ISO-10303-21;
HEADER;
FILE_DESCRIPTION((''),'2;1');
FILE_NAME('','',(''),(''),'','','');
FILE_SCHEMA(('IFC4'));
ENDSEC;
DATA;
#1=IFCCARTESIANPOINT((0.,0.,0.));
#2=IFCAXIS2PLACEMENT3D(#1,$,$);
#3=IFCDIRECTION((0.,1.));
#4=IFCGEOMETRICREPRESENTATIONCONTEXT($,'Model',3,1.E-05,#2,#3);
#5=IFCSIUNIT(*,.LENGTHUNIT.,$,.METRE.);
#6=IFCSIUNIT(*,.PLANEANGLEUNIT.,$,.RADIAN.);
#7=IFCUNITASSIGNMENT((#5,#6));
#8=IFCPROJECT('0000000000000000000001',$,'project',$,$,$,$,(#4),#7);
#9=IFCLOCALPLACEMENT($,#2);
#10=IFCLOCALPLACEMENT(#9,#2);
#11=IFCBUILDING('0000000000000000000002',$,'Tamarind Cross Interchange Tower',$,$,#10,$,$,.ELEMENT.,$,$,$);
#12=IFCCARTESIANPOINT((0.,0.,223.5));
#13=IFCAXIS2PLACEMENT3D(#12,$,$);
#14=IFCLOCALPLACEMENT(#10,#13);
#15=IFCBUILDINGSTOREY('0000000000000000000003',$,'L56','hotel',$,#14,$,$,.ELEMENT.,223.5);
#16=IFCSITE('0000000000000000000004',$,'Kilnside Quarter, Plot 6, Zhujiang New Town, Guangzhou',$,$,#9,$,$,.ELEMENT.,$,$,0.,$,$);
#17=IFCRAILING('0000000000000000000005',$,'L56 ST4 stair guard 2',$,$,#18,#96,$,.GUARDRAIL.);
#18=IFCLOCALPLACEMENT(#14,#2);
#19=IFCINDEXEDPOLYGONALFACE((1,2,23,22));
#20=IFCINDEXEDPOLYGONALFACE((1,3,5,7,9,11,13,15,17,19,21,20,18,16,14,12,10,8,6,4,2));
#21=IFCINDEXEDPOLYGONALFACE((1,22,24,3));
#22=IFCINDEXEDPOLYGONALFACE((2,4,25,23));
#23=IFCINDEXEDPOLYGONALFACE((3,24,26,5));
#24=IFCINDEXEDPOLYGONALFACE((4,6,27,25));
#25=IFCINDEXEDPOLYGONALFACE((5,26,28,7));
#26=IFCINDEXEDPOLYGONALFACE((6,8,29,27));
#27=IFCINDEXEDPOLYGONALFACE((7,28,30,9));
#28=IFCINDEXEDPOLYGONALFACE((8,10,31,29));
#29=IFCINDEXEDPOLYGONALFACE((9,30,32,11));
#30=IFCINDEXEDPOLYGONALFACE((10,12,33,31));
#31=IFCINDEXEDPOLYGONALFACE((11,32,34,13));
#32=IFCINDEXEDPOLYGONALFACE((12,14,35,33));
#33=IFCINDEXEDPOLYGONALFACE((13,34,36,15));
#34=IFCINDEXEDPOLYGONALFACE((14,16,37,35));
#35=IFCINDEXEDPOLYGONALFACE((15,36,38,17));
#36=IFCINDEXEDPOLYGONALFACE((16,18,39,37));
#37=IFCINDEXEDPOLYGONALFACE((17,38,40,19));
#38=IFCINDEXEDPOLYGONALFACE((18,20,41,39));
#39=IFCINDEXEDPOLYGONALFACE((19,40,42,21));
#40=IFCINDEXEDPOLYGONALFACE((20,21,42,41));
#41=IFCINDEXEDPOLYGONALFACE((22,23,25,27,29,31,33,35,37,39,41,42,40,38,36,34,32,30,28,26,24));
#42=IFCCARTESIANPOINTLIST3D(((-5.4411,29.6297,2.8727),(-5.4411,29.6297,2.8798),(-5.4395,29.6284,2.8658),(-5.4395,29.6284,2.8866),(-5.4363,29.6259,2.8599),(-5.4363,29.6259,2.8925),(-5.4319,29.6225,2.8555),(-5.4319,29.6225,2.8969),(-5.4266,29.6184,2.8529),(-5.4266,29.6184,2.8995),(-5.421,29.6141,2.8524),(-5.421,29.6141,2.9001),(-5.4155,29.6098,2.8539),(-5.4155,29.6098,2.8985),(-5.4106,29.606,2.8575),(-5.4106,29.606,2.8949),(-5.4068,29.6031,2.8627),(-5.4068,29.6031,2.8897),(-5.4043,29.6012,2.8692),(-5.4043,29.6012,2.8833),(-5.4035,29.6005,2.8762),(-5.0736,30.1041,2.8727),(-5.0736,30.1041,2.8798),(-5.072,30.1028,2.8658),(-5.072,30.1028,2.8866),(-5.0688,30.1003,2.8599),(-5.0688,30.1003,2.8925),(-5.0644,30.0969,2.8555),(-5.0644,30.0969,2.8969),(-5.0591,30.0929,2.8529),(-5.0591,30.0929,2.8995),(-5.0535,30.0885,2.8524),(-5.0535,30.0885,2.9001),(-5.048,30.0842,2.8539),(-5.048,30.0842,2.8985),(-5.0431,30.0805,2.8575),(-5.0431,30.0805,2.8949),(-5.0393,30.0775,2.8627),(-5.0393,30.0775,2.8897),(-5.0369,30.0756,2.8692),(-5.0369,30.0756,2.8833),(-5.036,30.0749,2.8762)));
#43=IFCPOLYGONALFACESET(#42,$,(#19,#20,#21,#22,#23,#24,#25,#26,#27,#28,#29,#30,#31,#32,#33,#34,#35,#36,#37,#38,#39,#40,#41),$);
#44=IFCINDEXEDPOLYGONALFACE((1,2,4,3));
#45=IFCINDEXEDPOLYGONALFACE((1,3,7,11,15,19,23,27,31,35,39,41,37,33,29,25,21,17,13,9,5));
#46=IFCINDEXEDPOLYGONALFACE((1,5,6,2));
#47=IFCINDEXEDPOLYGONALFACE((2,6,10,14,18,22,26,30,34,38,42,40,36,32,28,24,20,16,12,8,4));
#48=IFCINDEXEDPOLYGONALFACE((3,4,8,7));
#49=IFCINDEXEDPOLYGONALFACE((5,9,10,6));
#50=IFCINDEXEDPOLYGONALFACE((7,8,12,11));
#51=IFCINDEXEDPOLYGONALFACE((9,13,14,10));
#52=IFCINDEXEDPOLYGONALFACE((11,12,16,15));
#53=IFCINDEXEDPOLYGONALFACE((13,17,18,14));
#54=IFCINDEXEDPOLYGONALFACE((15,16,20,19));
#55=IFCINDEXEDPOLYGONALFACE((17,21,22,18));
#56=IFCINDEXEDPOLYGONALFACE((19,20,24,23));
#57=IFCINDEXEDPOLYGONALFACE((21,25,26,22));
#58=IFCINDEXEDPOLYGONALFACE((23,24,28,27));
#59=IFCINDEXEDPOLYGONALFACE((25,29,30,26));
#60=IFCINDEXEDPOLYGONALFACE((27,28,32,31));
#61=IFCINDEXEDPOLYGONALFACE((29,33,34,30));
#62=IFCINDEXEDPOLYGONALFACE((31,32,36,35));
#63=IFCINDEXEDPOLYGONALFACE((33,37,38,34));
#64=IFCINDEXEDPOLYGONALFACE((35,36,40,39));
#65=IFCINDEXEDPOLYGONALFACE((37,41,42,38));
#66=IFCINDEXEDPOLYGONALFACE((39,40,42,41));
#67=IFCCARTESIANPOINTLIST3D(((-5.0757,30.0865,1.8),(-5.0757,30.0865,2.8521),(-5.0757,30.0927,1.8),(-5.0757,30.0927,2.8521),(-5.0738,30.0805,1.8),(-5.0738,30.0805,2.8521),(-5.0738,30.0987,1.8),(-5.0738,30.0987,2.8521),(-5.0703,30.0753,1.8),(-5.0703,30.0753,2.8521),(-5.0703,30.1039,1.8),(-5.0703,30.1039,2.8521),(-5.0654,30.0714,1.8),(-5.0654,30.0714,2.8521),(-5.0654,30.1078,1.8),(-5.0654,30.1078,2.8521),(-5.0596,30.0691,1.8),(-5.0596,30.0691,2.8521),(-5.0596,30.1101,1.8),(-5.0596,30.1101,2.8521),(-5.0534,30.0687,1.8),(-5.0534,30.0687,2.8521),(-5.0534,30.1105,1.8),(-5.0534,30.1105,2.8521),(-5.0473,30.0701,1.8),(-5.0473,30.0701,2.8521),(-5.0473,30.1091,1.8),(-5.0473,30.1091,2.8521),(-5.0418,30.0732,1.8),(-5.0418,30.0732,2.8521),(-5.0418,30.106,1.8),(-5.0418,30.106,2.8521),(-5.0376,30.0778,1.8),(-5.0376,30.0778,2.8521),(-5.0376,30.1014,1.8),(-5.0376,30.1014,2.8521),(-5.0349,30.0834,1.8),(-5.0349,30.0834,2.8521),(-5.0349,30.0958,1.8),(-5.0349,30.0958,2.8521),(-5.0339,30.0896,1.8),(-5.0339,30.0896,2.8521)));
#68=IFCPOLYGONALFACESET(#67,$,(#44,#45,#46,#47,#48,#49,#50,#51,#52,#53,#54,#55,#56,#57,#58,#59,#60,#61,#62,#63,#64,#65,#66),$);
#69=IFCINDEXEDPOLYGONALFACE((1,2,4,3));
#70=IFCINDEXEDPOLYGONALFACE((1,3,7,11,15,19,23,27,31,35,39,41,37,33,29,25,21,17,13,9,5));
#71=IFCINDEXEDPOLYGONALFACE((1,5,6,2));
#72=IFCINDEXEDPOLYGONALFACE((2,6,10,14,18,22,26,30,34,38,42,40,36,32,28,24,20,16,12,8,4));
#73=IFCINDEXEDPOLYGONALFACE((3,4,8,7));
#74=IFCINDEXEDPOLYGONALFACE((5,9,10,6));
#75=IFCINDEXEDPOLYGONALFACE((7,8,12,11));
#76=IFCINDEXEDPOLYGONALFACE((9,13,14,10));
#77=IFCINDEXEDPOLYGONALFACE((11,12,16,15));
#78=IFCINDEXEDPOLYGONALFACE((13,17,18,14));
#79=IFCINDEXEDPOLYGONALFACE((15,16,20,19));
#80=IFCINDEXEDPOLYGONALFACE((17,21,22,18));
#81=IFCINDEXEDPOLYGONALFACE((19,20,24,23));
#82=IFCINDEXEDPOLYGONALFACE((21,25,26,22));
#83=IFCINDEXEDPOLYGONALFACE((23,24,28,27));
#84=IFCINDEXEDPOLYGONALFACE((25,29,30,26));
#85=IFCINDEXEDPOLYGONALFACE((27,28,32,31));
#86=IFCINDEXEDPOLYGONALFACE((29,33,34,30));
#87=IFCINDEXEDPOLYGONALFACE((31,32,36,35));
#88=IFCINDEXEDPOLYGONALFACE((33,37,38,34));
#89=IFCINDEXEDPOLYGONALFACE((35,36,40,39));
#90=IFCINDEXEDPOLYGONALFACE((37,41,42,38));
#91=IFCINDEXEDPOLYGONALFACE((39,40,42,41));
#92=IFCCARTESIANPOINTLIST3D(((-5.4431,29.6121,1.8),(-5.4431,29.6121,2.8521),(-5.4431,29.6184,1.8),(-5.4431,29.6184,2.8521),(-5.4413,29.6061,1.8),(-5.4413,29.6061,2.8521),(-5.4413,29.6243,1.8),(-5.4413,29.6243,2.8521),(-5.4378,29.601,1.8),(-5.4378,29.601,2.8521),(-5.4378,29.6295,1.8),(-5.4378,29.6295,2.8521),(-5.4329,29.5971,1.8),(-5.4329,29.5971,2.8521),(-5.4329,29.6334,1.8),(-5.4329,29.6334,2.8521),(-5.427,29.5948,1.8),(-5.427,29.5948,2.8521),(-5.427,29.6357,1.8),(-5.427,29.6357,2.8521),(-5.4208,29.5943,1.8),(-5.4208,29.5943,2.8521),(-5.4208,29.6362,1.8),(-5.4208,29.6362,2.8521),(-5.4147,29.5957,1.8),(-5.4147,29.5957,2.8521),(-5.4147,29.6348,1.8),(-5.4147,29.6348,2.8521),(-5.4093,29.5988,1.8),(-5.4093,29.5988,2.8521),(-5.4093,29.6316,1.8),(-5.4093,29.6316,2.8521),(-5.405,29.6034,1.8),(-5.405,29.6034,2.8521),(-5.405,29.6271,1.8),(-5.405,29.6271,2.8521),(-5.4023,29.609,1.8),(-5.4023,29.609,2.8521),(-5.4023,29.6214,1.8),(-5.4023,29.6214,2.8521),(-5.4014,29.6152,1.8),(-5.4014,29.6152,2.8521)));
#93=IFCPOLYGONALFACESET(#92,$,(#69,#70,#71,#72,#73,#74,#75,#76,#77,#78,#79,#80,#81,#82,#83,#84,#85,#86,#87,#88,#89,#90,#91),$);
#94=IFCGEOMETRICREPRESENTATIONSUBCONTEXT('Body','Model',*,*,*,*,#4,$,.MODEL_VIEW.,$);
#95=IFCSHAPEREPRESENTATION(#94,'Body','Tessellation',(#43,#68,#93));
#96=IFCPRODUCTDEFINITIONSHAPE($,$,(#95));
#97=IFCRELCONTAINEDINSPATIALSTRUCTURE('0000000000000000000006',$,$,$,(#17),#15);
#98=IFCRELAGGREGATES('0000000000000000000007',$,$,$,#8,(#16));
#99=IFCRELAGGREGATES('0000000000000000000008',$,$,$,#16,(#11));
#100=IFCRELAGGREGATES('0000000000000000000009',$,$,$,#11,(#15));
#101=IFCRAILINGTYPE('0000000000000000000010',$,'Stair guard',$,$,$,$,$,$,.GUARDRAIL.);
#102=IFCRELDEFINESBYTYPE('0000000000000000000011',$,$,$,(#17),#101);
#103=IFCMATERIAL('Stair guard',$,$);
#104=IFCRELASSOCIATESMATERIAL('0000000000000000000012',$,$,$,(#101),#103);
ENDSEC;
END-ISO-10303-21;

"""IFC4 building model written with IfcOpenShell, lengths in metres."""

from ifc_helpers import new_model, si_unit, direction, frame, origin, origin_2d, place, context, subcontext, project, spatial, circle, extrude, material, type_object, element, save


model = new_model("IFC4")

# Units and contexts
model_context = context("Model", 3, precision=1e-05, world=origin(), true_north=direction((0.0, 1.0)))
body_context = subcontext(model_context, "Body", "Model", "MODEL_VIEW")
ifc_project = project(units=[si_unit("LENGTHUNIT", "METRE"), si_unit("PLANEANGLEUNIT", "RADIAN")], contexts=[model_context])

# Site, building, storey
site_placement = place(None, origin())
site = spatial("IfcSite", under=ifc_project, at=site_placement, Name="Kilnside Quarter, Plot 6, Zhujiang New Town, Guangzhou", CompositionType="ELEMENT", RefElevation=0.0)
building_placement = place(site_placement, origin())
building = spatial("IfcBuilding", under=site, at=building_placement, Name="Tamarind Cross Interchange Tower", CompositionType="ELEMENT")
storey_placement = place(building_placement, frame((0.0, 0.0, 223.5)))
storey = spatial("IfcBuildingStorey", under=building, at=storey_placement, Name="L56", Description="hotel", CompositionType="ELEMENT", Elevation=223.5)

# Railing
ifc_material_1 = material(Name="Stair guard")
railing_type_1 = type_object("IfcRailingType", Name="Stair guard", PredefinedType="GUARDRAIL", material=ifc_material_1)
railing_1_placement = place(storey_placement, frame((-5.0549, 30.0896, 1.8)))
element("IfcRailing", 1, at=railing_1_placement, inside=storey, type_object=railing_type_1, Name="L56 ST4 stair guard 2", PredefinedType="GUARDRAIL", context=body_context, shape_type="SweptSolid", body=[
    extrude(circle(Radius=0.0239, at=origin_2d()), frame((0.0, 0.0, 1.0762), z_axis=(-0.612362, -0.790578, 0.0), x_axis=(0.790578, -0.612362, 0.0)), (0.0, 0.0, 1.0), 0.6001),
    extrude(circle(Radius=0.021, at=origin_2d()), origin(), (0.0, 0.0, 1.0), 1.052),
    extrude(circle(Radius=0.021, at=origin_2d()), frame((-0.3674, -0.4744, 0.0)), (0.0, 0.0, 1.0), 1.052),
])

save(model, "model.ifc")
